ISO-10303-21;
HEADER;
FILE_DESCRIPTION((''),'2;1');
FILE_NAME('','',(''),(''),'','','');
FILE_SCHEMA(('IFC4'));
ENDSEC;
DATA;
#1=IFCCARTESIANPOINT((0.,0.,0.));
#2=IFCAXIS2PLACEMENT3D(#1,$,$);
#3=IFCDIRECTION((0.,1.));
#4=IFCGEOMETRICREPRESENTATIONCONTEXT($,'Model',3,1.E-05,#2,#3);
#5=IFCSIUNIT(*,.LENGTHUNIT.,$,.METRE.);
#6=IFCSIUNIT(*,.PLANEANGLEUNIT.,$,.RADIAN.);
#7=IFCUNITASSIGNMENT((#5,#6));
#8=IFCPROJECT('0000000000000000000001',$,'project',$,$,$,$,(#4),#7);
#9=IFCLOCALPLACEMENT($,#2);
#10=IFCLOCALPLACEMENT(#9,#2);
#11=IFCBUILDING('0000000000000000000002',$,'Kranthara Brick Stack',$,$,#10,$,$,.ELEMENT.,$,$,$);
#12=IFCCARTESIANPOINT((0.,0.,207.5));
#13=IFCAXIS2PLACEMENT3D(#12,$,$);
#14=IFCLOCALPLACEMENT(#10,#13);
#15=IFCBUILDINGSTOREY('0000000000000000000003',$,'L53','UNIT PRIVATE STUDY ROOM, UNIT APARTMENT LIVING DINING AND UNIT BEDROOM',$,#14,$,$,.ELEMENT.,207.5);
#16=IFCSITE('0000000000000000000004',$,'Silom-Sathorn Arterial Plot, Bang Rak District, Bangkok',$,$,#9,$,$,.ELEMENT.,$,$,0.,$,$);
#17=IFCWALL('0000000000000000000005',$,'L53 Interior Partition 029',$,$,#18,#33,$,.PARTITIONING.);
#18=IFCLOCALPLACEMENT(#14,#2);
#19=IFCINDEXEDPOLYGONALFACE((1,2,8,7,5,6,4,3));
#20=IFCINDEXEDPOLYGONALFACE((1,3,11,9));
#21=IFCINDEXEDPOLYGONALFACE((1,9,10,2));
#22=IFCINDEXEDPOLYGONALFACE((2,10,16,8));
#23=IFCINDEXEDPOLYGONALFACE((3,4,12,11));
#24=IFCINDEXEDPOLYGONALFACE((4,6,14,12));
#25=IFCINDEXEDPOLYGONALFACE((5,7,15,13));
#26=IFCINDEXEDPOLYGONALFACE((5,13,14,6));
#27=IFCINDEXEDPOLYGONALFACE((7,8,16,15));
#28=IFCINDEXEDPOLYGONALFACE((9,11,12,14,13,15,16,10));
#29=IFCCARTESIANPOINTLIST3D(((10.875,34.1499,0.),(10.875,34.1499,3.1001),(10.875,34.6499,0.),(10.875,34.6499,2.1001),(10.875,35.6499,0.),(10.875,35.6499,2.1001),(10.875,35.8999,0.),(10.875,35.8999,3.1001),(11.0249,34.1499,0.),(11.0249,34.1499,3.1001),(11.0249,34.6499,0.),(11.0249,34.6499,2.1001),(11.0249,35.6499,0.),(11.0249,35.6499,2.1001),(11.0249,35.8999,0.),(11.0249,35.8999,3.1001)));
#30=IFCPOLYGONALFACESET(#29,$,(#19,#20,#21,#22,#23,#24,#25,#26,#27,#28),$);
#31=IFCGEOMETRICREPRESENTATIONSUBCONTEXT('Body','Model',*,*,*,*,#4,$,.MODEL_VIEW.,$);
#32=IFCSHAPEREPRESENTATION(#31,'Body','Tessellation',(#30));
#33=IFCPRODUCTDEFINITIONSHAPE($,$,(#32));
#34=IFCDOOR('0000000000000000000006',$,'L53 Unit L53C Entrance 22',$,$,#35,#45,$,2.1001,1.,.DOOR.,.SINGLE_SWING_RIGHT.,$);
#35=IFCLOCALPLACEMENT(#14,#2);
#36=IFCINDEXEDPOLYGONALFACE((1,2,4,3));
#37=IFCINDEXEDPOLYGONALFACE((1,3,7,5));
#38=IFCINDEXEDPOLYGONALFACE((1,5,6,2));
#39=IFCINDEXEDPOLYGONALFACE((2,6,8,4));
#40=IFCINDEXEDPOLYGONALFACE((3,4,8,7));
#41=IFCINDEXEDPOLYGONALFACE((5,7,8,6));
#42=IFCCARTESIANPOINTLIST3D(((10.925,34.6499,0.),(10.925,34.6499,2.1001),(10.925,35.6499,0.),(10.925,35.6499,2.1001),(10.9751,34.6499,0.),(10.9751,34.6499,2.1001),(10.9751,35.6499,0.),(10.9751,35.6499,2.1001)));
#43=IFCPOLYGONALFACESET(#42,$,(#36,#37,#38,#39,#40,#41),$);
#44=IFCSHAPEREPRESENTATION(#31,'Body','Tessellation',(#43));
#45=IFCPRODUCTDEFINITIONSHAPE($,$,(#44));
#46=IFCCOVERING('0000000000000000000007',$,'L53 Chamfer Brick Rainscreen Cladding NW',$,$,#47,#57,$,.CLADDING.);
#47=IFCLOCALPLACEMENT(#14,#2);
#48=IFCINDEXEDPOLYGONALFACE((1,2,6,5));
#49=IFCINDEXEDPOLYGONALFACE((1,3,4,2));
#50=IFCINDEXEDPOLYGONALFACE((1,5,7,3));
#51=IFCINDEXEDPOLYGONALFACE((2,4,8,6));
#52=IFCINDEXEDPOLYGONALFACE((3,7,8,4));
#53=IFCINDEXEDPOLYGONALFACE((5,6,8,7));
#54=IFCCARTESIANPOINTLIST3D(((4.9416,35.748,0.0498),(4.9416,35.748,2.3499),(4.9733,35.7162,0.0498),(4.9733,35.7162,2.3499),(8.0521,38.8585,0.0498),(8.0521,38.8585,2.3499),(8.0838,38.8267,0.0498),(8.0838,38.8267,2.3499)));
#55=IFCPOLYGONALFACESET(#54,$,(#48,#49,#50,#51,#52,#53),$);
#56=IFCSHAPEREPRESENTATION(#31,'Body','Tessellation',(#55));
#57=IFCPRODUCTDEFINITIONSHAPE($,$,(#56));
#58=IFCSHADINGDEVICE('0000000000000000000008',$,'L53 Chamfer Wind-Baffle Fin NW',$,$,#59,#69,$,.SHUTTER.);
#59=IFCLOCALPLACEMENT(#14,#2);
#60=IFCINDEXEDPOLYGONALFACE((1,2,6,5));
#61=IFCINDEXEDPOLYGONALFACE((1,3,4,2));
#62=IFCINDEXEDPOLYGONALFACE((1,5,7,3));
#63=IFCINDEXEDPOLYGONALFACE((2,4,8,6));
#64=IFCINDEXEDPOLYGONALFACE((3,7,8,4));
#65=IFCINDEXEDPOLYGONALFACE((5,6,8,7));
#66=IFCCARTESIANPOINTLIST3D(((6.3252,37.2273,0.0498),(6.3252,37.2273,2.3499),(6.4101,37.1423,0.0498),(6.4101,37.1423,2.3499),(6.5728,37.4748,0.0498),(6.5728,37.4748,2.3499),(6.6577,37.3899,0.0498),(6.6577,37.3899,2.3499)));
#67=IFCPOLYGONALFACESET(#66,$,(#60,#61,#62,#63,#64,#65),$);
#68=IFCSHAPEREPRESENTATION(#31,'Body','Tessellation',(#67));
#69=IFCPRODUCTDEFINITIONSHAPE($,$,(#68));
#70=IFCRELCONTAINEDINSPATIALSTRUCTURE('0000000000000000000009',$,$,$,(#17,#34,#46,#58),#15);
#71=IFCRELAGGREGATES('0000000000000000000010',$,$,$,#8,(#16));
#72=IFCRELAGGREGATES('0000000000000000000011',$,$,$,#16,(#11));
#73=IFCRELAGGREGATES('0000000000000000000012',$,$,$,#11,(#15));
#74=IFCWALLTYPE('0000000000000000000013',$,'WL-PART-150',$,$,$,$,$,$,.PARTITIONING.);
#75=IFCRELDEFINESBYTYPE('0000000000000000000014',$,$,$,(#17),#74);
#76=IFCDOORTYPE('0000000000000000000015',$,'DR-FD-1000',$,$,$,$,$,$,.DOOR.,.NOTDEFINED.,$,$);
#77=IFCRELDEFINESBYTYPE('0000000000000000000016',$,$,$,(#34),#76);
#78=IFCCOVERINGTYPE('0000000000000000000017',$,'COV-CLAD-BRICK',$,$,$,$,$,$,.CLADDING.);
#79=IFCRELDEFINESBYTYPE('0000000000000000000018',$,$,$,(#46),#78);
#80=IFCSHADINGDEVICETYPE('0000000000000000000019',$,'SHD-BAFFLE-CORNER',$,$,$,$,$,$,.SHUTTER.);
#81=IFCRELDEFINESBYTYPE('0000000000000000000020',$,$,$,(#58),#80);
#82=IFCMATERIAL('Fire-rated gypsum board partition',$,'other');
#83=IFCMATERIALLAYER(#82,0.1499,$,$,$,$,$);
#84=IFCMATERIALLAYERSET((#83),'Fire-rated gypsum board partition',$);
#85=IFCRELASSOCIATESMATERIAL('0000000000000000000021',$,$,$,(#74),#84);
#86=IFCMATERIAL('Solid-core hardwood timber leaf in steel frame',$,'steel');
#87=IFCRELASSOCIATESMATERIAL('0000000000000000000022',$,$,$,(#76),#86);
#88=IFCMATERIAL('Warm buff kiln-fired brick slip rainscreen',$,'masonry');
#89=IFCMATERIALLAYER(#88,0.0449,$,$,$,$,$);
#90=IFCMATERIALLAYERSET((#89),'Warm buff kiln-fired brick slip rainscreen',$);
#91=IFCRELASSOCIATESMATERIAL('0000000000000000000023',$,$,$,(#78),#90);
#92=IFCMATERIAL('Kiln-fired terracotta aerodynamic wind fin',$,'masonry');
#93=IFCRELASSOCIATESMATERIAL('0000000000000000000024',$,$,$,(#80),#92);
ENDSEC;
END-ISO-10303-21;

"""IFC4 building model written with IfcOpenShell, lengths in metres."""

from ifc_helpers import new_model, si_unit, direction, frame, frame_2d, origin, origin_2d, place, context, subcontext, project, spatial, rectangle, extrude, material, layer, layer_set, type_object, element, fill, save


model = new_model("IFC4")

# Units and contexts
model_context = context("Model", 3, precision=1e-05, world=origin(), true_north=direction((0.0, 1.0)))
body_context = subcontext(model_context, "Body", "Model", "MODEL_VIEW")
ifc_project = project(units=[si_unit("LENGTHUNIT", "METRE"), si_unit("PLANEANGLEUNIT", "RADIAN")], contexts=[model_context])

# Site, building, storey
site_placement = place(None, origin())
site = spatial("IfcSite", under=ifc_project, at=site_placement, Name="Silom-Sathorn Arterial Plot, Bang Rak District, Bangkok", CompositionType="ELEMENT", RefElevation=0.0)
building_placement = place(site_placement, origin())
building = spatial("IfcBuilding", under=site, at=building_placement, Name="Kranthara Brick Stack", CompositionType="ELEMENT")
storey_placement = place(building_placement, frame((0.0, 0.0, 207.5)))
storey = spatial("IfcBuildingStorey", under=building, at=storey_placement, Name="L53", Description="UNIT PRIVATE STUDY ROOM, UNIT APARTMENT LIVING DINING AND UNIT BEDROOM", CompositionType="ELEMENT", Elevation=207.5)

# Wall, opening, door
ifc_material_1 = material(Name="Fire-rated gypsum board partition", Category="other")
ifc_layer_1 = layer(ifc_material_1, 0.1499)
ifc_layer_set_1 = layer_set([ifc_layer_1], Name="Fire-rated gypsum board partition")
wall_type_1 = type_object("IfcWallType", Name="WL-PART-150", PredefinedType="PARTITIONING", material=ifc_layer_set_1)
wall_1_placement = place(storey_placement, frame((10.95, 34.1499, 0.0), z_axis=(0.0, 0.0, 1.0), x_axis=(0.0, 1.0, 0.0)))
wall_1 = element("IfcWall", 1, at=wall_1_placement, inside=storey, type_object=wall_type_1, Name="L53 Interior Partition 029", PredefinedType="PARTITIONING", context=body_context, shape_type="SweptSolid", body=[
    extrude(rectangle(XDim=1.75, YDim=0.1499, at=frame_2d((0.875, 0.0))), origin(), (0.0, 0.0, 1.0), 3.1001),
])
opening_1_placement = place(wall_1_placement, frame((0.5, 0.0, 0.0)))
opening_1 = element("IfcOpeningElement", 2, at=opening_1_placement, cuts=wall_1, PredefinedType="OPENING", context=body_context, shape_type="SweptSolid", body=[
    extrude(rectangle(XDim=1.0, YDim=2.1001, at=frame_2d((0.5, 1.05))), frame((0.0, 0.085, 0.0), z_axis=(0.0, -1.0, 0.0), x_axis=(1.0, 0.0, 0.0)), (0.0, 0.0, 1.0), 0.1699),
])
ifc_material_2 = material(Name="Solid-core hardwood timber leaf in steel frame", Category="steel")
door_type_1 = type_object("IfcDoorType", Name="DR-FD-1000", OperationType="NOTDEFINED", PredefinedType="DOOR", material=ifc_material_2)
door_1_placement = place(opening_1_placement, origin())
door_1 = element("IfcDoor", 3, at=door_1_placement, inside=storey, type_object=door_type_1, Name="L53 Unit L53C Entrance 22", OperationType="SINGLE_SWING_RIGHT", OverallHeight=2.1001, OverallWidth=1.0, PredefinedType="DOOR", context=body_context, shape_type="SweptSolid", body=[
    extrude(rectangle(XDim=1.0, YDim=2.1001, at=frame_2d((0.5, 1.05))), frame((0.0, 0.0249, 0.0), z_axis=(0.0, -1.0, 0.0), x_axis=(1.0, 0.0, 0.0)), (0.0, 0.0, 1.0), 0.05),
])
fill(opening_1, door_1)

# Covering
ifc_material_3 = material(Name="Warm buff kiln-fired brick slip rainscreen", Category="masonry")
ifc_layer_2 = layer(ifc_material_3, 0.0449)
ifc_layer_set_2 = layer_set([ifc_layer_2], Name="Warm buff kiln-fired brick slip rainscreen")
covering_type = type_object("IfcCoveringType", Name="COV-CLAD-BRICK", PredefinedType="CLADDING", material=ifc_layer_set_2)
covering_placement = place(storey_placement, frame((6.5127, 37.2874, 0.0498), z_axis=(0.0, 0.0, 1.0), x_axis=(0.707107, 0.707107, 0.0)))
element("IfcCovering", 4, at=covering_placement, inside=storey, type_object=covering_type, Name="L53 Chamfer Brick Rainscreen Cladding NW", PredefinedType="CLADDING", context=body_context, shape_type="SweptSolid", body=[
    extrude(rectangle(XDim=4.3989, YDim=0.0449, at=origin_2d()), origin(), (0.0, 0.0, 1.0), 2.3),
])

# Shading device
ifc_material_4 = material(Name="Kiln-fired terracotta aerodynamic wind fin", Category="masonry")
shading_device_type = type_object("IfcShadingDeviceType", Name="SHD-BAFFLE-CORNER", PredefinedType="SHUTTER", material=ifc_material_4)
shading_device_placement = place(storey_placement, frame((6.4915, 37.3086, 0.0498), z_axis=(0.0, 0.0, 1.0), x_axis=(0.707107, 0.707107, 0.0)))
element("IfcShadingDevice", 5, at=shading_device_placement, inside=storey, type_object=shading_device_type, Name="L53 Chamfer Wind-Baffle Fin NW", PredefinedType="SHUTTER", context=body_context, shape_type="SweptSolid", body=[
    extrude(rectangle(XDim=0.3501, YDim=0.1201, at=origin_2d()), origin(), (0.0, 0.0, 1.0), 2.3),
])

save(model, "model.ifc")
